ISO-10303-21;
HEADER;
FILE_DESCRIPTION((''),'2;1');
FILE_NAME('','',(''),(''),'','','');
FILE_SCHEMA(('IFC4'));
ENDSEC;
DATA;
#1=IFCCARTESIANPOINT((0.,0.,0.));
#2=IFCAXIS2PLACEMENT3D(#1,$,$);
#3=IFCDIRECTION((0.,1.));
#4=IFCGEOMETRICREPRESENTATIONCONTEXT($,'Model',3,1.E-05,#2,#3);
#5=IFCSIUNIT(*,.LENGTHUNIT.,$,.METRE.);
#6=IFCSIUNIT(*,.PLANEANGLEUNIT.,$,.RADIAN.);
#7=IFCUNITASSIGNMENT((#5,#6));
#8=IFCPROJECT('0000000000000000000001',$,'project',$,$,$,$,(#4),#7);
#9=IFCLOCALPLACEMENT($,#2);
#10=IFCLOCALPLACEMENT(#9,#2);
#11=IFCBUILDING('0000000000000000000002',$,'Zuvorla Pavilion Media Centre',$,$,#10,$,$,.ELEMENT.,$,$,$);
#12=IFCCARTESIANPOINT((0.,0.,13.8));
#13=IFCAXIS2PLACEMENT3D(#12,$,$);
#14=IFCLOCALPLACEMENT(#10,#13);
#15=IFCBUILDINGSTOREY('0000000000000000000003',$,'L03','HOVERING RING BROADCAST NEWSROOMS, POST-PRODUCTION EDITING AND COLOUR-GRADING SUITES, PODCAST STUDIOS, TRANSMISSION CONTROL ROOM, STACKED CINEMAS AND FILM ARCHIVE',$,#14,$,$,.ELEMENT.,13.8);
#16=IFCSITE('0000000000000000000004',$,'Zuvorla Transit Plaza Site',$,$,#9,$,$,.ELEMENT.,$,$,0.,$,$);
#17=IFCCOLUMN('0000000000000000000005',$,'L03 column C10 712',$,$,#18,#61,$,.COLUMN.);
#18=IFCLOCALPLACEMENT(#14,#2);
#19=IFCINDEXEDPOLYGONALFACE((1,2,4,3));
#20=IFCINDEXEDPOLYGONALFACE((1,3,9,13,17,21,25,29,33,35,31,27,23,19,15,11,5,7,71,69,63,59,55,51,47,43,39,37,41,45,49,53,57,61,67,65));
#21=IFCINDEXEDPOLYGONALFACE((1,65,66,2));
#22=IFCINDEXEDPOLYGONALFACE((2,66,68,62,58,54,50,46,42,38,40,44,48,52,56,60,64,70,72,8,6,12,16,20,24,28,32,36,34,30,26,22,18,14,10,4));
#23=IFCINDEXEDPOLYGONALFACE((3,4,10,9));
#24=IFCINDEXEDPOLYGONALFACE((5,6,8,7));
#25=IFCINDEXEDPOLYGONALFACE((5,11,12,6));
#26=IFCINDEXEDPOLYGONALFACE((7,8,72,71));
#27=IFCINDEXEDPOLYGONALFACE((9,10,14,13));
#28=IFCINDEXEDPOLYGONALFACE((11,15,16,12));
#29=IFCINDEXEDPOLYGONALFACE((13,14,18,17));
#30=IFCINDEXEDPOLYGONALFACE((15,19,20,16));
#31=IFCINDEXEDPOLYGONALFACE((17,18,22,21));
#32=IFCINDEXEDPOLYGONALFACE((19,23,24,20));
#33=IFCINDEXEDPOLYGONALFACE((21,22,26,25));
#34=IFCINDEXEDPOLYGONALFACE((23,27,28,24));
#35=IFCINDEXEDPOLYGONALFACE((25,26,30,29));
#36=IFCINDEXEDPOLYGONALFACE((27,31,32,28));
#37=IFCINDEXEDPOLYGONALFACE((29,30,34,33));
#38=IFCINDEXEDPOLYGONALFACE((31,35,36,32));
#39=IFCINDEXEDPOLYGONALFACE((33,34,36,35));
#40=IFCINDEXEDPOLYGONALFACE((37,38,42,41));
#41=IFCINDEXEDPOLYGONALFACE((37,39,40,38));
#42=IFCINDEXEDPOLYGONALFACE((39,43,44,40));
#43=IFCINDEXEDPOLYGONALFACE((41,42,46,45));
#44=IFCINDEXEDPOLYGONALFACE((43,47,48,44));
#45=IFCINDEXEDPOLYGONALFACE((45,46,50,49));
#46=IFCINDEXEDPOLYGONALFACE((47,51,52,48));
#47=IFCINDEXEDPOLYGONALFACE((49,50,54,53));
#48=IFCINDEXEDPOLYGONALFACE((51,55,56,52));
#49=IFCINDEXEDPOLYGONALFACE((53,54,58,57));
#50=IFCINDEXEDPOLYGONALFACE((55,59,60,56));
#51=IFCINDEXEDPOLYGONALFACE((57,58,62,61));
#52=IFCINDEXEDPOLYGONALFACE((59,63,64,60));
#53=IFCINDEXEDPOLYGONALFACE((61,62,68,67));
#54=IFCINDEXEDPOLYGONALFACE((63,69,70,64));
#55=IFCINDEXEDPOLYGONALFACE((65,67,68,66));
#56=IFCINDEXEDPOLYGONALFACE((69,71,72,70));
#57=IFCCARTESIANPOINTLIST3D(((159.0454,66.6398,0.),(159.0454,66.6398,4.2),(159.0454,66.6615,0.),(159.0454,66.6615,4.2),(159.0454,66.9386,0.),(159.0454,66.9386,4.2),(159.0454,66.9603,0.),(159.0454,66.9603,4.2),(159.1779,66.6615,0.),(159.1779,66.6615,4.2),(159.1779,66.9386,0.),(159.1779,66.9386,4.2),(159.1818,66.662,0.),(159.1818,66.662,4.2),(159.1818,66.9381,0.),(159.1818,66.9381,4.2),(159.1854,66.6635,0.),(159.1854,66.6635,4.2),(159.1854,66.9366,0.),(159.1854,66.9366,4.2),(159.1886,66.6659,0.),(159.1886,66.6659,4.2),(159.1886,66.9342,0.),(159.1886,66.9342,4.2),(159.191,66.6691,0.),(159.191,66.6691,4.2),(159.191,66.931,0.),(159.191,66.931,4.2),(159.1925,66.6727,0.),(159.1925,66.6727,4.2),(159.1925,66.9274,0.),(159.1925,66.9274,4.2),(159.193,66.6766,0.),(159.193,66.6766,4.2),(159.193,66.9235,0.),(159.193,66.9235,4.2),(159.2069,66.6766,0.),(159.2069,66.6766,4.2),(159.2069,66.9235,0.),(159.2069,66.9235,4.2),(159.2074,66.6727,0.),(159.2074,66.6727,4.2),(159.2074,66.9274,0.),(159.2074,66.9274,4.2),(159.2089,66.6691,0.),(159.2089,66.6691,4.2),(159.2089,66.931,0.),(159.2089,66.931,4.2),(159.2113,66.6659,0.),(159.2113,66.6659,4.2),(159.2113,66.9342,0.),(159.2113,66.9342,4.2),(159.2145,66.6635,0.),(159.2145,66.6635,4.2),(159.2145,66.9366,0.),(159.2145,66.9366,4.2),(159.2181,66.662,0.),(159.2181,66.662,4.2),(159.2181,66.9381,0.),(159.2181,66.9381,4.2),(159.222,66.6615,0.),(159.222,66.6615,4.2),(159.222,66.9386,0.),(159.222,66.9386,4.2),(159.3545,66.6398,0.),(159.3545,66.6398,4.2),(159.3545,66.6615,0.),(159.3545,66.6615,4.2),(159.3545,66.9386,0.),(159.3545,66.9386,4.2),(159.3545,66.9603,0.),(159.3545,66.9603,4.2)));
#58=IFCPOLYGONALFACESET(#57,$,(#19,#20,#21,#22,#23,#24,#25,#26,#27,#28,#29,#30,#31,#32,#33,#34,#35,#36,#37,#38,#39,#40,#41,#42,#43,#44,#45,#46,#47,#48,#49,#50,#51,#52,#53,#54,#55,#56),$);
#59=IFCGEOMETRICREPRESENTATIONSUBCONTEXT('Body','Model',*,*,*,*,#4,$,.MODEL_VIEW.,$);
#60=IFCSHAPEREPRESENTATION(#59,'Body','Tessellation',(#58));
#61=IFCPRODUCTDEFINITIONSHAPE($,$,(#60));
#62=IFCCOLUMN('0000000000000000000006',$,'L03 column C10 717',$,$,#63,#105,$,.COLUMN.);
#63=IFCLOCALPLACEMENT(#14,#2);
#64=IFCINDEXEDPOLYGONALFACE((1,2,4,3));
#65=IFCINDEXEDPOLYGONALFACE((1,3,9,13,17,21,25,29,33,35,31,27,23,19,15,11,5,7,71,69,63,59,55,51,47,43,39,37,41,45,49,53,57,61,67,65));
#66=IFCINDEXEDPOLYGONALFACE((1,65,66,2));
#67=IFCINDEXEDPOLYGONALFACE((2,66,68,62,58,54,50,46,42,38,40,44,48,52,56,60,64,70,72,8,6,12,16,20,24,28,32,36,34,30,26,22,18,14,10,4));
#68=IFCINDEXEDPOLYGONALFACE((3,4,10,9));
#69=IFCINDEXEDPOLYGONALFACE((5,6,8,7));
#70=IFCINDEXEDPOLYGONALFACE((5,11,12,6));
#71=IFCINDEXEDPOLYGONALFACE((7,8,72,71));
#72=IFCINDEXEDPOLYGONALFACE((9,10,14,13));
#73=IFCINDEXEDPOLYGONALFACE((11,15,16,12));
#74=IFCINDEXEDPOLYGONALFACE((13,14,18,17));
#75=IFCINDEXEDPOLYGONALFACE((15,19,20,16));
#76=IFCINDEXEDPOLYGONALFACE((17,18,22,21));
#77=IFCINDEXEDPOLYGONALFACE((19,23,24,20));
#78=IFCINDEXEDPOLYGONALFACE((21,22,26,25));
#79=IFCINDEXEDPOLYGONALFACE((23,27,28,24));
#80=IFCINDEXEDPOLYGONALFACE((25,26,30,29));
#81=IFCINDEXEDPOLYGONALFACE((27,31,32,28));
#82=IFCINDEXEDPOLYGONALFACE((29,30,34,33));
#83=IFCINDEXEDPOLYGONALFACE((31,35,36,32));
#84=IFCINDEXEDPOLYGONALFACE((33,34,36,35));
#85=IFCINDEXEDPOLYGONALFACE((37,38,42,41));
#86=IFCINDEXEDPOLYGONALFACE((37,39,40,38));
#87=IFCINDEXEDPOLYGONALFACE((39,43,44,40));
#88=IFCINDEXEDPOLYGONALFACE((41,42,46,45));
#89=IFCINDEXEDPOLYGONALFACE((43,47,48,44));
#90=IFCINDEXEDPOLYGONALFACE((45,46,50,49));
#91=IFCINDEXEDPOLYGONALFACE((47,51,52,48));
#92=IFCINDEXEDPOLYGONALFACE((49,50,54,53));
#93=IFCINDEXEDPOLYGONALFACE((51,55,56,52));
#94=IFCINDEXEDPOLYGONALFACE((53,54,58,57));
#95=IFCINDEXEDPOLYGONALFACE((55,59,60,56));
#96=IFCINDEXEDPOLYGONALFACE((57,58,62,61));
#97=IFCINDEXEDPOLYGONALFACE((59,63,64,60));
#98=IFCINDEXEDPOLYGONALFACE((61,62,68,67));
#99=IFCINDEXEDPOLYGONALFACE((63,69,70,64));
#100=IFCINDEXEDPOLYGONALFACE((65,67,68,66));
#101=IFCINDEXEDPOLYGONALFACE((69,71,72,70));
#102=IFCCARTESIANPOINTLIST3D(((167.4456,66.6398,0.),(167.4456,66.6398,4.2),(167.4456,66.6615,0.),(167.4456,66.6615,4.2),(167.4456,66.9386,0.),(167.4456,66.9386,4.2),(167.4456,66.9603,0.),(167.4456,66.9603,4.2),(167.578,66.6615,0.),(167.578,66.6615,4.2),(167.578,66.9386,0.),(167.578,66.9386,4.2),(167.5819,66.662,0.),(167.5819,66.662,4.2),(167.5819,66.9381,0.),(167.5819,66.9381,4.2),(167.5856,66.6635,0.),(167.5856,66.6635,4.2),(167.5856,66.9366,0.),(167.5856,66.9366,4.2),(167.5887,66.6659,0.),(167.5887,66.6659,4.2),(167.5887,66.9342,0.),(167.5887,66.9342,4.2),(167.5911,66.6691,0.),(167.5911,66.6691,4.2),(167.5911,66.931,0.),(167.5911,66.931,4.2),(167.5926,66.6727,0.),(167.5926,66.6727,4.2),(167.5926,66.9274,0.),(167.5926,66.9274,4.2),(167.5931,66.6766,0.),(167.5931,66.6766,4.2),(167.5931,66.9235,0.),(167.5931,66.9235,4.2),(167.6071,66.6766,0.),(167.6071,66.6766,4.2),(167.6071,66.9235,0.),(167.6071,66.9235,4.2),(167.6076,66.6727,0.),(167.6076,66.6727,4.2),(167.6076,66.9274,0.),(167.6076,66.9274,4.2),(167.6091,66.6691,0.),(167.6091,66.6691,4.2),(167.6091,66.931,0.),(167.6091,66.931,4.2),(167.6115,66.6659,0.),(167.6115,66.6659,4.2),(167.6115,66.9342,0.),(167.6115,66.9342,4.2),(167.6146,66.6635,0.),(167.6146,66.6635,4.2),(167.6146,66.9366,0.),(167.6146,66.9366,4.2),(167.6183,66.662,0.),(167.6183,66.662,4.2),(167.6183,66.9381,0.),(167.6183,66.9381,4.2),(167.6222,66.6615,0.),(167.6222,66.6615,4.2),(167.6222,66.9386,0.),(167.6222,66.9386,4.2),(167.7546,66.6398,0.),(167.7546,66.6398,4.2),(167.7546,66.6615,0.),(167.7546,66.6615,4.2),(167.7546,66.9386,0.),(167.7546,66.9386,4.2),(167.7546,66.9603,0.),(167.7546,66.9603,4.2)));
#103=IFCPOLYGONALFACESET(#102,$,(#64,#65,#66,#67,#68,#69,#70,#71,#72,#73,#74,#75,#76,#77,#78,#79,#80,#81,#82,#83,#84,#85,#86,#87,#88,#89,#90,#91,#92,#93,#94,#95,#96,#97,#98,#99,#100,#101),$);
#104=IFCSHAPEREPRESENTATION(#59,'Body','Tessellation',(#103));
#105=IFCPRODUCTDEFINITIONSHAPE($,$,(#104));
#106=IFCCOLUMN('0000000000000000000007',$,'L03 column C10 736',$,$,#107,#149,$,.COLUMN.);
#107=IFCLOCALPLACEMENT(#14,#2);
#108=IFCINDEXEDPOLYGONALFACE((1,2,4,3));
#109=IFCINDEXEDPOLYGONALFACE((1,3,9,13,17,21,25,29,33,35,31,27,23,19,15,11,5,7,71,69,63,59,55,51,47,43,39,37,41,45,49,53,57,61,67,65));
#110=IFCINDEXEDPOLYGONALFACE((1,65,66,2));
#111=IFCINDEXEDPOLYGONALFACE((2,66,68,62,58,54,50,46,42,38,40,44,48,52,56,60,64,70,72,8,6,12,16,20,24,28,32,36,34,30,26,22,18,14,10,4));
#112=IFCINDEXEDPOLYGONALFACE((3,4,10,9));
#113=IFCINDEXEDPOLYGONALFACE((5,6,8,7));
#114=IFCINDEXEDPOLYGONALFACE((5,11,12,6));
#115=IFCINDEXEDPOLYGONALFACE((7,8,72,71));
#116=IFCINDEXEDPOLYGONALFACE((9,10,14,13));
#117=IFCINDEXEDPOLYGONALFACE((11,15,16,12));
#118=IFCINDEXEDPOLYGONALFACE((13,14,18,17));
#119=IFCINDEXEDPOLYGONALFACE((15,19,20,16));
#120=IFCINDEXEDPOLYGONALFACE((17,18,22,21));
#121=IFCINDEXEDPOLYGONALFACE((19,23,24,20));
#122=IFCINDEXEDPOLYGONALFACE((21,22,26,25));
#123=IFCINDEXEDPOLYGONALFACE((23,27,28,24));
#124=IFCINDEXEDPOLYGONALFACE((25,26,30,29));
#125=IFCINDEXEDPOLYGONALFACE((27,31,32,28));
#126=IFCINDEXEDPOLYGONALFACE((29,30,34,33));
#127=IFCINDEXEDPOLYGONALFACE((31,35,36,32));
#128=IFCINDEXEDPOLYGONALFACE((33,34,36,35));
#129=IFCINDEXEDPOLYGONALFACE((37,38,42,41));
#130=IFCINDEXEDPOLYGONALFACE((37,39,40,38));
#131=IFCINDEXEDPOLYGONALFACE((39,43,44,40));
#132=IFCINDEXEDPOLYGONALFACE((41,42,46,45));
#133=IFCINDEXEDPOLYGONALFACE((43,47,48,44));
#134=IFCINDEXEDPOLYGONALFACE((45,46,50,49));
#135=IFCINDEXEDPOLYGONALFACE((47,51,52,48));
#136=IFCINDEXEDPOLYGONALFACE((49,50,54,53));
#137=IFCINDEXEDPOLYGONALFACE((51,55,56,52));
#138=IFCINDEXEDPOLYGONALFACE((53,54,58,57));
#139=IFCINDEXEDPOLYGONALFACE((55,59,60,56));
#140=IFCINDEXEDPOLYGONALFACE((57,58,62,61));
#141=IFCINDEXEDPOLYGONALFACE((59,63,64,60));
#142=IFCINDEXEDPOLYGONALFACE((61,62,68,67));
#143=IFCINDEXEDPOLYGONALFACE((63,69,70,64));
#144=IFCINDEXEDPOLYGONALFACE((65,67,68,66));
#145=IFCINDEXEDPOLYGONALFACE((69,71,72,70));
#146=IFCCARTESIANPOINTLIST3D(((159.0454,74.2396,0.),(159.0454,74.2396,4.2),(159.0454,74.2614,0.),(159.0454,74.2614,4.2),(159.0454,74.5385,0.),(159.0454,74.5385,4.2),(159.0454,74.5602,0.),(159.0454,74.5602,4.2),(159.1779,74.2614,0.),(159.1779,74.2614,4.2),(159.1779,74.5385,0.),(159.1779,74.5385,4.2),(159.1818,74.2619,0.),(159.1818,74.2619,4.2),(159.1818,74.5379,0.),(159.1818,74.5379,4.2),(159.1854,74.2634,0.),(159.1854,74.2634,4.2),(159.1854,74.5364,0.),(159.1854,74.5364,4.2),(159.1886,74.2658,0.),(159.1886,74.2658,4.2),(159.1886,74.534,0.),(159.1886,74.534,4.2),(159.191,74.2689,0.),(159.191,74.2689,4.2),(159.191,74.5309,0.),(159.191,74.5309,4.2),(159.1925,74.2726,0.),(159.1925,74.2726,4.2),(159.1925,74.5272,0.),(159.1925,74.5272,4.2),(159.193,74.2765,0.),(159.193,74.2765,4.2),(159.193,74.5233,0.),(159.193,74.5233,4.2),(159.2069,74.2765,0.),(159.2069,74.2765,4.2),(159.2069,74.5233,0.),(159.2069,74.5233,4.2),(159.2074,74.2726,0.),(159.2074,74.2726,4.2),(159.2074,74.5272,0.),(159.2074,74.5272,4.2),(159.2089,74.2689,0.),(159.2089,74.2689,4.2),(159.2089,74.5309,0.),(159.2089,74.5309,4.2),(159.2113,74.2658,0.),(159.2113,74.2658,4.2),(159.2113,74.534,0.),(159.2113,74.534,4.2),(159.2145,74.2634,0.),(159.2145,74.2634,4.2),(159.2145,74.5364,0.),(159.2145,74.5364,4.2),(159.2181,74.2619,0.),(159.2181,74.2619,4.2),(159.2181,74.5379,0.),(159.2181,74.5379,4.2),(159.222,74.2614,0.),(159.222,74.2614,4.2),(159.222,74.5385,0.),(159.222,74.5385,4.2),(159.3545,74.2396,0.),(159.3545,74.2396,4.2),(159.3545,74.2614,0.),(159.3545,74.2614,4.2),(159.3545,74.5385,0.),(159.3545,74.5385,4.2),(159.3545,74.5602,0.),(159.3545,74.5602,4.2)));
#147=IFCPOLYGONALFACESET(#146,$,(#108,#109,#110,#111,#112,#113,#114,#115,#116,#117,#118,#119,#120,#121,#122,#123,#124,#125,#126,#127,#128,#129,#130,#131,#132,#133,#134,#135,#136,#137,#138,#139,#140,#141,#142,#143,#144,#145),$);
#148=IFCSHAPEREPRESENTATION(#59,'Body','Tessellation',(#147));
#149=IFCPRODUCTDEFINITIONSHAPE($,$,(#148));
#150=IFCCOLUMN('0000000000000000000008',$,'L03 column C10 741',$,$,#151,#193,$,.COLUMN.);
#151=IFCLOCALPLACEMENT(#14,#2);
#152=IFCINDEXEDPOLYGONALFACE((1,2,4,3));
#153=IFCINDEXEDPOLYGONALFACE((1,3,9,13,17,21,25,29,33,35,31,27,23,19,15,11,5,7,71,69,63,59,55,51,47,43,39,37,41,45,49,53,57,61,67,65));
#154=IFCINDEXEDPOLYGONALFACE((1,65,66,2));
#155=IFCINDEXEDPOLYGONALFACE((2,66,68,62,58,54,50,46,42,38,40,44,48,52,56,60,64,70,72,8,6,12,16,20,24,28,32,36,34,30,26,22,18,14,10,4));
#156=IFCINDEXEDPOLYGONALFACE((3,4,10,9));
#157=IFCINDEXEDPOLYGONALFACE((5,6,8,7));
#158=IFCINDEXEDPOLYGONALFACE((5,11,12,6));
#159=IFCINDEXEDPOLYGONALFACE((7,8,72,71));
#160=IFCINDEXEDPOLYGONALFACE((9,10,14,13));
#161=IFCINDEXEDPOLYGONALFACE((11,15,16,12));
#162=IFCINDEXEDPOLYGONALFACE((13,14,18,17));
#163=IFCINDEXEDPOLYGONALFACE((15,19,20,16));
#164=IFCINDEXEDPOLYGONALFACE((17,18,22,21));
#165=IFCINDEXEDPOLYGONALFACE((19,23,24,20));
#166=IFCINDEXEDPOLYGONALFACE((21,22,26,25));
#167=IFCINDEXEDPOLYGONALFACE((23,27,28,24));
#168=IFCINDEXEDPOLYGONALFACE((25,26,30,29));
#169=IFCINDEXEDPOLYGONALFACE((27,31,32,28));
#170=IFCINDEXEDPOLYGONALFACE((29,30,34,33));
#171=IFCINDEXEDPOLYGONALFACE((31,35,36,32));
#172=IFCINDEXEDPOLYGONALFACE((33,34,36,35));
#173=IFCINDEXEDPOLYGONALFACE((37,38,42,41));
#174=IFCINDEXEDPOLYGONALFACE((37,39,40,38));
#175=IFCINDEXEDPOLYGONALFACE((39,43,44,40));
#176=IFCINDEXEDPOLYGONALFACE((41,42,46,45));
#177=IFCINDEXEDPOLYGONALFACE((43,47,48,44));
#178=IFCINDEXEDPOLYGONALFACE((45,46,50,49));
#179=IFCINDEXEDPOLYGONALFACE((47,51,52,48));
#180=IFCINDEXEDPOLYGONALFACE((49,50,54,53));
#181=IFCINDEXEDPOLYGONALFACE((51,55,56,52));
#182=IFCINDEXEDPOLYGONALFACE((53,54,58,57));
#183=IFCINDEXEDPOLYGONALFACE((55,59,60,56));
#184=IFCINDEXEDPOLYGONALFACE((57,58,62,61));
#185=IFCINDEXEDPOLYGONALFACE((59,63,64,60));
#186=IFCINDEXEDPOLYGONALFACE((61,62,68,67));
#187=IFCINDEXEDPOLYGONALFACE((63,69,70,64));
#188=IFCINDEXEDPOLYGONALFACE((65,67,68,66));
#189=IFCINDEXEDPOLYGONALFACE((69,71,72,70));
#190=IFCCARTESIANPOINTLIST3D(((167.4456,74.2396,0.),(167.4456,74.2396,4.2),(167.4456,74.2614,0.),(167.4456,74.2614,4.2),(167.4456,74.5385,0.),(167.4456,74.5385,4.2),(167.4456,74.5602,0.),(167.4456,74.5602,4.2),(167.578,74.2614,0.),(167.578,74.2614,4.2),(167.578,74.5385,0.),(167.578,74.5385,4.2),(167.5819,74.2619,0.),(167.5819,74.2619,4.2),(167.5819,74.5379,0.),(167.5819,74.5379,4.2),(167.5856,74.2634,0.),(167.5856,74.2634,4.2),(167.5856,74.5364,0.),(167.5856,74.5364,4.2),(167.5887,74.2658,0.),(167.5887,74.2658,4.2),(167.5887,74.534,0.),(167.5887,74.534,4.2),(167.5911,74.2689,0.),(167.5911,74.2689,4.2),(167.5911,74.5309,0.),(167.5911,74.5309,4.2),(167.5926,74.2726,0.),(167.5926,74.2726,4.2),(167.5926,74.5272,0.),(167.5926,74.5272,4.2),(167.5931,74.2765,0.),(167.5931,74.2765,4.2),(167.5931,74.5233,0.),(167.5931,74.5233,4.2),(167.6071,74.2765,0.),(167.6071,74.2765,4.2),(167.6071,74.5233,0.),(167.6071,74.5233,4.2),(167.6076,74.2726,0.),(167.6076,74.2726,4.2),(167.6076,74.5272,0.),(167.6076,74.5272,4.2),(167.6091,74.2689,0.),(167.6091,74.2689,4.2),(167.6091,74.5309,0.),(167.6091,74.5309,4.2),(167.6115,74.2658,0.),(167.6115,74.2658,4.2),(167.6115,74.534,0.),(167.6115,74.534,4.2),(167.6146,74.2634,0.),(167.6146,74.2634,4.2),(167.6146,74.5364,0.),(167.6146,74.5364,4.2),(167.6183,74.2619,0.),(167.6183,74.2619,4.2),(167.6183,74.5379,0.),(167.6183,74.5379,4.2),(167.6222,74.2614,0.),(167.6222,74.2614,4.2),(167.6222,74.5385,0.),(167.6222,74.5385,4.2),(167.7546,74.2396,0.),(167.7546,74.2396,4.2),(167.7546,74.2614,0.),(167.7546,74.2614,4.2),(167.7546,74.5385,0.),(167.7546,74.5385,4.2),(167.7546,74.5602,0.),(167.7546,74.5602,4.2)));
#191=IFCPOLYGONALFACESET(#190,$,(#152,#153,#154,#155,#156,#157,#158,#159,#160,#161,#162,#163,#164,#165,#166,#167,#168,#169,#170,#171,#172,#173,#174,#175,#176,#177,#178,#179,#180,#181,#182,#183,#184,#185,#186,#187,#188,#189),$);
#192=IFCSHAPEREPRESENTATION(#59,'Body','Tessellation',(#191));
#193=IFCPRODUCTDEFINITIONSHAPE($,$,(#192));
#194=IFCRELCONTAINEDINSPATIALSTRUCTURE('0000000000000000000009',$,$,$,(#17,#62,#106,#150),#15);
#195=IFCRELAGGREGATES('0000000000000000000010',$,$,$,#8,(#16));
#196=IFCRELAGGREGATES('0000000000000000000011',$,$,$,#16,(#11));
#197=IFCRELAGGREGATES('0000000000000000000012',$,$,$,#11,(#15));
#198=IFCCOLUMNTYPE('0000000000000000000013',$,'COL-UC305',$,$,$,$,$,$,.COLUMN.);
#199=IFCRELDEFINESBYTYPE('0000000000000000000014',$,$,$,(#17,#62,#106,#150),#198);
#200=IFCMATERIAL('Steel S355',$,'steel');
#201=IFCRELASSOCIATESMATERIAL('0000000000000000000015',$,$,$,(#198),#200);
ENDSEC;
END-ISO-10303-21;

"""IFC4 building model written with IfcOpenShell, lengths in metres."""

from ifc_helpers import new_model, si_unit, direction, frame, origin, origin_2d, place, context, subcontext, project, spatial, i_section, extrude, material, material_profile, profile_set, type_object, element, save


model = new_model("IFC4")

# Units and contexts
model_context = context("Model", 3, precision=1e-05, world=origin(), true_north=direction((0.0, 1.0)))
body_context = subcontext(model_context, "Body", "Model", "MODEL_VIEW")
ifc_project = project(units=[si_unit("LENGTHUNIT", "METRE"), si_unit("PLANEANGLEUNIT", "RADIAN")], contexts=[model_context])

# Site, building, storey
site_placement = place(None, origin())
site = spatial("IfcSite", under=ifc_project, at=site_placement, Name="Zuvorla Transit Plaza Site", CompositionType="ELEMENT", RefElevation=0.0)
building_placement = place(site_placement, origin())
building = spatial("IfcBuilding", under=site, at=building_placement, Name="Zuvorla Pavilion Media Centre", CompositionType="ELEMENT")
storey_placement = place(building_placement, frame((0.0, 0.0, 13.8)))
storey = spatial("IfcBuildingStorey", under=building, at=storey_placement, Name="L03", Description="HOVERING RING BROADCAST NEWSROOMS, POST-PRODUCTION EDITING AND COLOUR-GRADING SUITES, PODCAST STUDIOS, TRANSMISSION CONTROL ROOM, STACKED CINEMAS AND FILM ARCHIVE", CompositionType="ELEMENT", Elevation=13.8)

# Columns
ifc_material_1 = material(Name="Steel S355", Category="steel")
ifc_material_profile_1 = material_profile(ifc_material_1, i_section(OverallWidth=0.3091, OverallDepth=0.3206, WebThickness=0.0139, FlangeThickness=0.0217, FilletRadius=0.0151, at=origin_2d()), Name="UC 305x305x137")
ifc_profile_set_1 = profile_set([ifc_material_profile_1], Name="Steel S355")
column_type = type_object("IfcColumnType", Name="COL-UC305", PredefinedType="COLUMN", material=ifc_profile_set_1)
for number, where, z_axis, x_axis, name in (
    (1, (159.2, 66.8, 0.0), (0.0, 0.0, 1.0), (1.0, 0.0, 0.0), "L03 column C10 712"),
    (2, (167.6001, 66.8, 0.0), (0.0, 0.0, 1.0), (1.0, 0.0, 0.0), "L03 column C10 717"),
    (3, (159.2, 74.3999, 0.0), (0.0, 0.0, 1.0), (1.0, 0.0, 0.0), "L03 column C10 736"),
    (4, (167.6001, 74.3999, 0.0), (0.0, 0.0, 1.0), (1.0, 0.0, 0.0), "L03 column C10 741"),
):
    element("IfcColumn", number, at=place(storey_placement, frame(where, z_axis=z_axis, x_axis=x_axis)), inside=storey, type_object=column_type, Name=name, PredefinedType="COLUMN", context=body_context, shape_type="SweptSolid", body=[
        extrude(i_section(OverallWidth=0.3091, OverallDepth=0.3206, WebThickness=0.0139, FlangeThickness=0.0217, FilletRadius=0.0151, at=origin_2d()), origin(), (0.0, 0.0, 1.0), 4.2),
    ])

save(model, "model.ifc")
